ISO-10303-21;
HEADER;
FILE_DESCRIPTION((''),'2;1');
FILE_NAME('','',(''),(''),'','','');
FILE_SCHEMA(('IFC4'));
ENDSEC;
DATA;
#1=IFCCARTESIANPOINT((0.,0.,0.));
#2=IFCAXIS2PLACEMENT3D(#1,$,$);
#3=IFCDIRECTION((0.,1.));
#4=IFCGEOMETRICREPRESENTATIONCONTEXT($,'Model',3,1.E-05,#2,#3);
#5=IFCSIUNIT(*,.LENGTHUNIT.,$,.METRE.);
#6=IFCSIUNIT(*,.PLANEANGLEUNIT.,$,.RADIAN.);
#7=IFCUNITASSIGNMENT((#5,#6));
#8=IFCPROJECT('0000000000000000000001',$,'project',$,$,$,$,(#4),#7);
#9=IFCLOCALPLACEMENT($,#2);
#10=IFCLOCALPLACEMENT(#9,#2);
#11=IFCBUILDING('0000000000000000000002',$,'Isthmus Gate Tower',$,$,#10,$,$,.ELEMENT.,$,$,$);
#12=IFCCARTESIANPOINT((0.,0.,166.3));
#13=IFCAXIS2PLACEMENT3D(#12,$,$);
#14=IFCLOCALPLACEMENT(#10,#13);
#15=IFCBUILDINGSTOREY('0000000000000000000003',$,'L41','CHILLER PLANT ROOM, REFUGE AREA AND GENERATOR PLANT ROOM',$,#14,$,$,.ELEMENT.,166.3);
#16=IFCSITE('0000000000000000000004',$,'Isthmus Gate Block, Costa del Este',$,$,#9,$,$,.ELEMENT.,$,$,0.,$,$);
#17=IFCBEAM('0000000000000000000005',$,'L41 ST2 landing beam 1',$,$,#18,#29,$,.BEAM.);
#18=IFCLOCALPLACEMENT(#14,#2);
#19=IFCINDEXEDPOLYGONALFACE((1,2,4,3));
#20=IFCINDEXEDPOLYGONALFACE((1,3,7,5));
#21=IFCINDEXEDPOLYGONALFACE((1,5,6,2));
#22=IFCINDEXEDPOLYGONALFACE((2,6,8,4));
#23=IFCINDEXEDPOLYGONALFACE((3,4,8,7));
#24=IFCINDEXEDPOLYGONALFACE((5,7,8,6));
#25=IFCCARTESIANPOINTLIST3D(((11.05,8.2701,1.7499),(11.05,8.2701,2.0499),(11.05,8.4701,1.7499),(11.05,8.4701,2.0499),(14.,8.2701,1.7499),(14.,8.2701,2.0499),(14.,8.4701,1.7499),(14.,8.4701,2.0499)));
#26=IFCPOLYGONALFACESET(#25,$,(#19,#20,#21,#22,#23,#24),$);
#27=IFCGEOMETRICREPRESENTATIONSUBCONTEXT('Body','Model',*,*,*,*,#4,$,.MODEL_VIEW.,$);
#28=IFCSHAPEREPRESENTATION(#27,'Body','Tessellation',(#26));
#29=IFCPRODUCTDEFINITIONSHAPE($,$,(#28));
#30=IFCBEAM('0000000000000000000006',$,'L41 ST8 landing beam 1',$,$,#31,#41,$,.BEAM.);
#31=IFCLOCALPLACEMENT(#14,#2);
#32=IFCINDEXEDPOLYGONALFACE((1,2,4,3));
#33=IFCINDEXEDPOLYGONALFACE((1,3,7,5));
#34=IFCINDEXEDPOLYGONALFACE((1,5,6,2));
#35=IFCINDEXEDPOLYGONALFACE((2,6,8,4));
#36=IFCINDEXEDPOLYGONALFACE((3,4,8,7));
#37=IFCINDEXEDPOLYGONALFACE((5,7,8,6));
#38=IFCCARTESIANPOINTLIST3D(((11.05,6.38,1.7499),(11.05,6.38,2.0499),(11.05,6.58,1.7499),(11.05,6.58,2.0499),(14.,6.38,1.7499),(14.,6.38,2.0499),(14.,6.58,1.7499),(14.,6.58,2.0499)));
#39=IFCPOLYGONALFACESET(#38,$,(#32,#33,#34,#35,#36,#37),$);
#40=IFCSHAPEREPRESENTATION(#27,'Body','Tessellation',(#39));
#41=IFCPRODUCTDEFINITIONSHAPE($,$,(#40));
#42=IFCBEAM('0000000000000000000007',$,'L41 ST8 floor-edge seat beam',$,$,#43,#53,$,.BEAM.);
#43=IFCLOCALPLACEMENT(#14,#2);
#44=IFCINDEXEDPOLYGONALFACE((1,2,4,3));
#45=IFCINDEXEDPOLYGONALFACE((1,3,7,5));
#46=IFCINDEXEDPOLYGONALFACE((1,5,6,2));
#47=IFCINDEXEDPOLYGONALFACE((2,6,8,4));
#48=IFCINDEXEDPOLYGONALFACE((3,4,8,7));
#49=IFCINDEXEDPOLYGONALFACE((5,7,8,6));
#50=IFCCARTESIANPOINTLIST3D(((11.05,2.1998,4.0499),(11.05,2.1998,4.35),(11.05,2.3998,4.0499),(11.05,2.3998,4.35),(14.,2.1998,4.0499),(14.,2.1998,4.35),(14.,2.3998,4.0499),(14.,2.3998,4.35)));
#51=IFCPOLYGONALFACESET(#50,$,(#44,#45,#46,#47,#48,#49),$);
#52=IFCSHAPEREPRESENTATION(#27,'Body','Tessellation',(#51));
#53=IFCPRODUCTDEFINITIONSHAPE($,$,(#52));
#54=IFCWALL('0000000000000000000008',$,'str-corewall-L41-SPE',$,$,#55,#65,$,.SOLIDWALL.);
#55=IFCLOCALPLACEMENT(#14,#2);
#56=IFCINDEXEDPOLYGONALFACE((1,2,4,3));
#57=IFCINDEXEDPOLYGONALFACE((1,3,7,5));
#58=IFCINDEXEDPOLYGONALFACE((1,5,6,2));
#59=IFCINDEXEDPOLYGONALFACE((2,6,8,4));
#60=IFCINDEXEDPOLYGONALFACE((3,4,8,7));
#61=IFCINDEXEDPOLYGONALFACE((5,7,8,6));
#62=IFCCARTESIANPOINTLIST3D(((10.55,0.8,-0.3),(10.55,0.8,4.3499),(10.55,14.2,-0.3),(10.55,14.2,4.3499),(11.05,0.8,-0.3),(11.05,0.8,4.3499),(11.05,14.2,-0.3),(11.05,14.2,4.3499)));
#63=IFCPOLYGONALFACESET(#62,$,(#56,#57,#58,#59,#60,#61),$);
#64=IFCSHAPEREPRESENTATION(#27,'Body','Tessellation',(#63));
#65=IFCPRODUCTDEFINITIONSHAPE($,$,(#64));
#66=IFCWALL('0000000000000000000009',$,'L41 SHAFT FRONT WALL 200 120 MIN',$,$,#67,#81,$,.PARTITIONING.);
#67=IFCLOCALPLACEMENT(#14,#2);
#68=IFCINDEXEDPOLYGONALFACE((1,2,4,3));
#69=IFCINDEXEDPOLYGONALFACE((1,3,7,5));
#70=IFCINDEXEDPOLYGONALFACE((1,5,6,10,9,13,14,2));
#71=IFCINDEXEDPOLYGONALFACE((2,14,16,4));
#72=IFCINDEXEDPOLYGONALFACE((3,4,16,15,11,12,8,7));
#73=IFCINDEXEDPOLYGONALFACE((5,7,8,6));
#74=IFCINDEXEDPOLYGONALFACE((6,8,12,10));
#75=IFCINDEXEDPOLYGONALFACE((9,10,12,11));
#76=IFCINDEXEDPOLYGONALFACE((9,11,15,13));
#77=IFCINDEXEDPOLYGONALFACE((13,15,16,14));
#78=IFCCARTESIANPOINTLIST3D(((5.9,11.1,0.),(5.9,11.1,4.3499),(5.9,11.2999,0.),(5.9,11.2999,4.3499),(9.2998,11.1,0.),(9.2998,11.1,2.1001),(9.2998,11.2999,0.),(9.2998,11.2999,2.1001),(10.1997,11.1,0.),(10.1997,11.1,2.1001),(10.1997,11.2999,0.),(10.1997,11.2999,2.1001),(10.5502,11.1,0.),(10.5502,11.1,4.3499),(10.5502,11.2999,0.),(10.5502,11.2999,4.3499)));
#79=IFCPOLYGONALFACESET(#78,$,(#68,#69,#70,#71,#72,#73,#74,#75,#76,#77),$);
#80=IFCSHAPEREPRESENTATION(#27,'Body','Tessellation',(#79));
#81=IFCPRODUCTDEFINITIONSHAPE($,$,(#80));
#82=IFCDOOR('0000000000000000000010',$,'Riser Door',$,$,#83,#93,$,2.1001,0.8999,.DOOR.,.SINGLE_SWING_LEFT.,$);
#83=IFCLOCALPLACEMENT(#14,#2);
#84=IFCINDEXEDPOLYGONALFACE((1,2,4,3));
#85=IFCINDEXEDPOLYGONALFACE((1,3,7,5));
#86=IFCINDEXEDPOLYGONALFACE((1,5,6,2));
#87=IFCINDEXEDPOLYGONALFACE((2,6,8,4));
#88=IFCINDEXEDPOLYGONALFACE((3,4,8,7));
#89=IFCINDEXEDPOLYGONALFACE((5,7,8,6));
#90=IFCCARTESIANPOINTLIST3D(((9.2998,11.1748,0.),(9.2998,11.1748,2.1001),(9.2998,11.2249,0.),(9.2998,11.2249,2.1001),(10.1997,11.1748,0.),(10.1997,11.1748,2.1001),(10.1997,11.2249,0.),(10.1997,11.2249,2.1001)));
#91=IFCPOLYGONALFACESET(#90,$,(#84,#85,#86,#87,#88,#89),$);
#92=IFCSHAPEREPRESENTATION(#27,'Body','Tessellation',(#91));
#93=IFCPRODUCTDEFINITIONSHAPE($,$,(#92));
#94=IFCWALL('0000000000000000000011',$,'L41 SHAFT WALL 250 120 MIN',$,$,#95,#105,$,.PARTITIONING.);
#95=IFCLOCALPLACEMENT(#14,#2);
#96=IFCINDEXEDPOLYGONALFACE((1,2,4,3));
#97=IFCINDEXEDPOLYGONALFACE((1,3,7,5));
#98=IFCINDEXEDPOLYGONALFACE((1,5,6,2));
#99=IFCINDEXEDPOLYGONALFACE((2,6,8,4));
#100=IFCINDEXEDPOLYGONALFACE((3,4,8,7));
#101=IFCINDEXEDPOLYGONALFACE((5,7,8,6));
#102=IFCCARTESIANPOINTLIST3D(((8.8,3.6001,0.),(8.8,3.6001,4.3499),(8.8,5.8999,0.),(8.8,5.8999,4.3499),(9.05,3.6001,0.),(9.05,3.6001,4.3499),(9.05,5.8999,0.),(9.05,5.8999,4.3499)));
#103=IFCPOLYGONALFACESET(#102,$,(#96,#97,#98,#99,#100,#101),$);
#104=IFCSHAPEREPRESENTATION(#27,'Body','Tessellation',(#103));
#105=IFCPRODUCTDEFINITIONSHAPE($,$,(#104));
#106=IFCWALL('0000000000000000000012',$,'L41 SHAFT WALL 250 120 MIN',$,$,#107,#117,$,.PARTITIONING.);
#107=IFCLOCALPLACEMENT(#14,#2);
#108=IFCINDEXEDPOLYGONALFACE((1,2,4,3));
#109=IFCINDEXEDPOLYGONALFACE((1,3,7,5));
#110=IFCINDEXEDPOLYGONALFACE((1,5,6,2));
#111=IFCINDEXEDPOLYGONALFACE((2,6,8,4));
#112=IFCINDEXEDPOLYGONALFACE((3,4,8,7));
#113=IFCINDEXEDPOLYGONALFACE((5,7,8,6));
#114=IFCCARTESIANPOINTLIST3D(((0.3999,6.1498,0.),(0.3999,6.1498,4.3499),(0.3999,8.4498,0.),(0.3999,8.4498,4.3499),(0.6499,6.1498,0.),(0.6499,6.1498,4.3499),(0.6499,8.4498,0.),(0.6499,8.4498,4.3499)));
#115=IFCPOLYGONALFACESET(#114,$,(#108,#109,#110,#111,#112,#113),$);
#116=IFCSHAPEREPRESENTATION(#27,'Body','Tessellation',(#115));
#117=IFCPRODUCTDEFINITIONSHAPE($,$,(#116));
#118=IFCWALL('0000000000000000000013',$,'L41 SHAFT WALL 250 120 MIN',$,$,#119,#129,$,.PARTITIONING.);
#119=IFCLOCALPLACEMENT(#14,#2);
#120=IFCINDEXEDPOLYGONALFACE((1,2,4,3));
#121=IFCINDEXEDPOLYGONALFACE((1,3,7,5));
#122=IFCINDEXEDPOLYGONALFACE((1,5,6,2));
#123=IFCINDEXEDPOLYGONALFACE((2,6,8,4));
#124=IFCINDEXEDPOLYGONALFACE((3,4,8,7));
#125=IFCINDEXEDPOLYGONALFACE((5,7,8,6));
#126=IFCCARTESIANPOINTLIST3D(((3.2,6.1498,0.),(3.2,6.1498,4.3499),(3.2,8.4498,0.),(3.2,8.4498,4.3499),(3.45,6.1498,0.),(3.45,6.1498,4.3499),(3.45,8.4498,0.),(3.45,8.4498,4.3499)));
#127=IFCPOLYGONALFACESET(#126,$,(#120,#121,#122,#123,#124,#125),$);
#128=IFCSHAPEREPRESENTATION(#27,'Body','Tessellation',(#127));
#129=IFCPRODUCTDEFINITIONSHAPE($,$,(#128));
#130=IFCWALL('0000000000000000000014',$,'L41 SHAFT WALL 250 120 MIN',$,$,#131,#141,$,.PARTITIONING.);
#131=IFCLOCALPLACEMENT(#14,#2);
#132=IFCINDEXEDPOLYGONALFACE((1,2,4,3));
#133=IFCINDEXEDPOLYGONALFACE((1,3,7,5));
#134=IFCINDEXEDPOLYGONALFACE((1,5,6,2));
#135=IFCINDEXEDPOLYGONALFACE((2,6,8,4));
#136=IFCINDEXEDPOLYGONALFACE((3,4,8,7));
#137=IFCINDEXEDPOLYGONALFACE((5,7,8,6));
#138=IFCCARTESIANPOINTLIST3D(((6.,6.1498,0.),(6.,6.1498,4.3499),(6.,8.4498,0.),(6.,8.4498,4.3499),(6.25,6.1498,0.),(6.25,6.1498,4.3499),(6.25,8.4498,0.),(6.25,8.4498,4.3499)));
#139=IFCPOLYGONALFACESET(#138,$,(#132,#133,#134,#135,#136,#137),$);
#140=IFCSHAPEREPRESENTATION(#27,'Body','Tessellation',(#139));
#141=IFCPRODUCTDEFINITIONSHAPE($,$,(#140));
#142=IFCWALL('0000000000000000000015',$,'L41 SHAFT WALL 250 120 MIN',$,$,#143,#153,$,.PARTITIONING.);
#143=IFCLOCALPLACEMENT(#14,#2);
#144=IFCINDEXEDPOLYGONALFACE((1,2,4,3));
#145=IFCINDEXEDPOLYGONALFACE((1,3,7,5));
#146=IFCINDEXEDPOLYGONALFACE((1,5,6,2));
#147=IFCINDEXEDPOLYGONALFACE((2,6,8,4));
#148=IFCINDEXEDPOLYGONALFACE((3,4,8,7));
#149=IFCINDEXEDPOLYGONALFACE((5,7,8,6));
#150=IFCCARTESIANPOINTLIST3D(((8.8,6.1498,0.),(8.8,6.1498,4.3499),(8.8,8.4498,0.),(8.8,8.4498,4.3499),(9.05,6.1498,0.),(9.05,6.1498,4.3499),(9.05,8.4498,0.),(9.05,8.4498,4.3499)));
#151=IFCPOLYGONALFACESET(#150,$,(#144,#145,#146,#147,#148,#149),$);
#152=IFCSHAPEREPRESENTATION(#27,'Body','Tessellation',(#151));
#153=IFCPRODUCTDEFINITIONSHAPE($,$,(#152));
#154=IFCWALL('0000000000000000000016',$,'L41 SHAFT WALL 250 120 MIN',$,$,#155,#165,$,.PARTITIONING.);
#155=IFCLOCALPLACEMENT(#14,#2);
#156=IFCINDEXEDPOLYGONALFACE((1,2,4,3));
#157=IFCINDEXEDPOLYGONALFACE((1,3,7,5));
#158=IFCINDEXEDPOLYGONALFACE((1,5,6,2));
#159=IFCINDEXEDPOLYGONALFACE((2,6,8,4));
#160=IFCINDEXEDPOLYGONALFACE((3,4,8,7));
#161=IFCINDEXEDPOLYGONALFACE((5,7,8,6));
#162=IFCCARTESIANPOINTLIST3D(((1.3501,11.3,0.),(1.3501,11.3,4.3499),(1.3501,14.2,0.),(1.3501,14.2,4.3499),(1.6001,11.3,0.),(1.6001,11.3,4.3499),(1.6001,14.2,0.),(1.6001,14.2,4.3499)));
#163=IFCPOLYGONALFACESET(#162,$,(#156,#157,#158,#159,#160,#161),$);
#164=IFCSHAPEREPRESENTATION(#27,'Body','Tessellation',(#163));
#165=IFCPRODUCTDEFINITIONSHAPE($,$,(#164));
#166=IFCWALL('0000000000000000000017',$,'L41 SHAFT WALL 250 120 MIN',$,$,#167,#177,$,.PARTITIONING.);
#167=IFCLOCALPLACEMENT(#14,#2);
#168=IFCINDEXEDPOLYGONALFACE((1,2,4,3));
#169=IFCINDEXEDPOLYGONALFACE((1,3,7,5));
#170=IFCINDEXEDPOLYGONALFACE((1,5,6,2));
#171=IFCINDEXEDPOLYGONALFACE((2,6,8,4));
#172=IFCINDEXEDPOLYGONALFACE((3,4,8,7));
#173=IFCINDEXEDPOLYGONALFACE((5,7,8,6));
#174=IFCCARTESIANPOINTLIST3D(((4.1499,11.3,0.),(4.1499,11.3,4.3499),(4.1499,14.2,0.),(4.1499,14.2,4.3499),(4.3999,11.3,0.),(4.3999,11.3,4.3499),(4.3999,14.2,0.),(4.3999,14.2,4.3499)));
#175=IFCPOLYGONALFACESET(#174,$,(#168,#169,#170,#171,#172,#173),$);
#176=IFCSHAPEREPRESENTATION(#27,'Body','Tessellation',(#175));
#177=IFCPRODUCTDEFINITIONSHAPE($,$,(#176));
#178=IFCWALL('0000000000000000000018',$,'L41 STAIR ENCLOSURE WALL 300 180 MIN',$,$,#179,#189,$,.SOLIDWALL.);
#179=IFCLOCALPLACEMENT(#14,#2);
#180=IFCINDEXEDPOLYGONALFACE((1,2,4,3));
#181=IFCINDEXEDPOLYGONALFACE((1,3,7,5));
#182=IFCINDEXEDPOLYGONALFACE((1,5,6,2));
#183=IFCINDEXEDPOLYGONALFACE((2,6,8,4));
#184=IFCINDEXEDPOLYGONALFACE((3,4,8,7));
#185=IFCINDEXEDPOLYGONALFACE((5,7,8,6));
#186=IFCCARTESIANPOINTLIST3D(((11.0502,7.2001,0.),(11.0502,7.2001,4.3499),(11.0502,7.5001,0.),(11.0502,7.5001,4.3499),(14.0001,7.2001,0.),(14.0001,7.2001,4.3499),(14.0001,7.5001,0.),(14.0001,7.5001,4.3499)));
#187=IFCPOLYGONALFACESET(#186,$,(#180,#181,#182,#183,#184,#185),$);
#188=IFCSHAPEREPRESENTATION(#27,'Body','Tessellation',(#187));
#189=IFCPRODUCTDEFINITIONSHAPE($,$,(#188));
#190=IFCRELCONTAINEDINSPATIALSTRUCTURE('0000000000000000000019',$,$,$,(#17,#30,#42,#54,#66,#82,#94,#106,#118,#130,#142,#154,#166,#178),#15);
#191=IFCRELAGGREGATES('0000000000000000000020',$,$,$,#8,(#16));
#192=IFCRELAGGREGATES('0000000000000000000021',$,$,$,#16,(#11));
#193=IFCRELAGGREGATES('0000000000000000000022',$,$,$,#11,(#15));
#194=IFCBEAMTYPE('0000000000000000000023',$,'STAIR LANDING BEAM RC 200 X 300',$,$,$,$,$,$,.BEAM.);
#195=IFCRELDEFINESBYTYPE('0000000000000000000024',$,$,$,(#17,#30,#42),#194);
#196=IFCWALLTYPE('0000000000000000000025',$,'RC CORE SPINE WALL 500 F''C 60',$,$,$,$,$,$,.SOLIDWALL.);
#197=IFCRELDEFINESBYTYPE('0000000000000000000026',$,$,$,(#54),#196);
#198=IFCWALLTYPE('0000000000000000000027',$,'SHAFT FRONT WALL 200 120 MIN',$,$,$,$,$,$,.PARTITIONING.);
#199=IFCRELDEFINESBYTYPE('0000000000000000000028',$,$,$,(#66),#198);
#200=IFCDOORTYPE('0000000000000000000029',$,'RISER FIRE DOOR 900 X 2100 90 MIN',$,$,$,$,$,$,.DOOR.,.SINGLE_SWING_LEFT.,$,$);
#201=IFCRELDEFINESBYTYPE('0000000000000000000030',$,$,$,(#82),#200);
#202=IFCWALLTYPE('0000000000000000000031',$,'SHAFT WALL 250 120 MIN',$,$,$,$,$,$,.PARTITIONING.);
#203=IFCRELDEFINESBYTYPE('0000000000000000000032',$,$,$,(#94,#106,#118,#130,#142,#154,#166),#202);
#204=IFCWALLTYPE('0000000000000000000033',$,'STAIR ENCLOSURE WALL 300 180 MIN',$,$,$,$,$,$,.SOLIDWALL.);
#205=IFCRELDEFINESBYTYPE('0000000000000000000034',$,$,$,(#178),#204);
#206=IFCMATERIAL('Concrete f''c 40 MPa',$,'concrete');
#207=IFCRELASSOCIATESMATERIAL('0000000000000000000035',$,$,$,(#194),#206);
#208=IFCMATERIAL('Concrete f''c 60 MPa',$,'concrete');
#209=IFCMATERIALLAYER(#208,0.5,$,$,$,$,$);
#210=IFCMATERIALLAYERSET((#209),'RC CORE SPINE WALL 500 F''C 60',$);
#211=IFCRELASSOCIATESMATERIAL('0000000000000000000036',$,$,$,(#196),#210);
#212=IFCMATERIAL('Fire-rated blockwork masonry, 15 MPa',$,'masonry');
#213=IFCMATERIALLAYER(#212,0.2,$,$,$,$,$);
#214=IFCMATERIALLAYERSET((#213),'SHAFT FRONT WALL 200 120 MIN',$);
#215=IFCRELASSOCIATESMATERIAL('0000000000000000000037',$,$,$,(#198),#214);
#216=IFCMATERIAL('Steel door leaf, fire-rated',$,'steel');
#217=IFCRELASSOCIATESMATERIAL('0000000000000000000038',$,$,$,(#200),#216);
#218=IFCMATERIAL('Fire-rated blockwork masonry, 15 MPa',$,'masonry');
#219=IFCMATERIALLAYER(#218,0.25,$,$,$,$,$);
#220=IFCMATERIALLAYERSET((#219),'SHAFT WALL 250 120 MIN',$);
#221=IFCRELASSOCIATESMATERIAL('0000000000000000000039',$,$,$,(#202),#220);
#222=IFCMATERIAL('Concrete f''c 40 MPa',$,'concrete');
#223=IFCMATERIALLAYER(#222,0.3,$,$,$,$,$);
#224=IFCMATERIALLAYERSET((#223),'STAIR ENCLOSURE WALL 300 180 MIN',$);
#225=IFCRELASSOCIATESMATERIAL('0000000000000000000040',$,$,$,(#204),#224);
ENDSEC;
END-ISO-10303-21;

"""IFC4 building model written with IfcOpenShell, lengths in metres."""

from ifc_helpers import new_model, si_unit, direction, frame, frame_2d, origin, origin_2d, place, context, subcontext, project, spatial, rectangle, extrude, material, layer, layer_set, material_profile, profile_set, type_object, element, fill, save


model = new_model("IFC4")

# Units and contexts
model_context = context("Model", 3, precision=1e-05, world=origin(), true_north=direction((0.0, 1.0)))
body_context = subcontext(model_context, "Body", "Model", "MODEL_VIEW")
ifc_project = project(units=[si_unit("LENGTHUNIT", "METRE"), si_unit("PLANEANGLEUNIT", "RADIAN")], contexts=[model_context])

# Site, building, storey
site_placement = place(None, origin())
site = spatial("IfcSite", under=ifc_project, at=site_placement, Name="Isthmus Gate Block, Costa del Este", CompositionType="ELEMENT", RefElevation=0.0)
building_placement = place(site_placement, origin())
building = spatial("IfcBuilding", under=site, at=building_placement, Name="Isthmus Gate Tower", CompositionType="ELEMENT")
storey_placement = place(building_placement, frame((0.0, 0.0, 166.3)))
storey = spatial("IfcBuildingStorey", under=building, at=storey_placement, Name="L41", Description="CHILLER PLANT ROOM, REFUGE AREA AND GENERATOR PLANT ROOM", CompositionType="ELEMENT", Elevation=166.3)

# Beams
ifc_material_1 = material(Name="Concrete f'c 40 MPa", Category="concrete")
ifc_material_profile = material_profile(ifc_material_1, rectangle(XDim=0.2, YDim=0.3, at=origin_2d()), Name="STAIR LANDING BEAM RC 200 X 300")
ifc_profile_set = profile_set([ifc_material_profile], Name="Concrete f'c 40 MPa")
beam_type = type_object("IfcBeamType", Name="STAIR LANDING BEAM RC 200 X 300", PredefinedType="BEAM", material=ifc_profile_set)
for number, where, z_axis, x_axis, name in (
    (1, (11.05, 8.3701, 1.8999), (1.0, 0.0, 0.0), (0.0, 1.0, 0.0), "L41 ST2 landing beam 1"),
    (2, (11.05, 6.48, 1.8999), (1.0, 0.0, 0.0), (0.0, 1.0, 0.0), "L41 ST8 landing beam 1"),
    (3, (11.05, 2.2998, 4.2), (1.0, 0.0, 0.0), (0.0, 1.0, 0.0), "L41 ST8 floor-edge seat beam"),
):
    element("IfcBeam", number, at=place(storey_placement, frame(where, z_axis=z_axis, x_axis=x_axis)), inside=storey, type_object=beam_type, Name=name, PredefinedType="BEAM", context=body_context, shape_type="SweptSolid", body=[
        extrude(rectangle(XDim=0.2, YDim=0.3, at=origin_2d()), origin(), (0.0, 0.0, 1.0), 2.95),
    ])

# Wall
ifc_material_2 = material(Name="Concrete f'c 60 MPa", Category="concrete")
ifc_layer_1 = layer(ifc_material_2, 0.5)
ifc_layer_set_1 = layer_set([ifc_layer_1], Name="RC CORE SPINE WALL 500 F'C 60")
wall_type_1 = type_object("IfcWallType", Name="RC CORE SPINE WALL 500 F'C 60", PredefinedType="SOLIDWALL", material=ifc_layer_set_1)
wall_1_placement = place(storey_placement, frame((10.8, 0.8, -0.3), z_axis=(0.0, 0.0, 1.0), x_axis=(0.0, 1.0, 0.0)))
element("IfcWall", 4, at=wall_1_placement, inside=storey, type_object=wall_type_1, Name="str-corewall-L41-SPE", PredefinedType="SOLIDWALL", context=body_context, shape_type="SweptSolid", body=[
    extrude(rectangle(XDim=13.3999, YDim=0.5, at=frame_2d((6.7, 0.0))), origin(), (0.0, 0.0, 1.0), 4.6499),
])

# Wall, opening, door
ifc_material_3 = material(Name="Fire-rated blockwork masonry, 15 MPa", Category="masonry")
ifc_layer_2 = layer(ifc_material_3, 0.2)
ifc_layer_set_2 = layer_set([ifc_layer_2], Name="SHAFT FRONT WALL 200 120 MIN")
wall_type_2 = type_object("IfcWallType", Name="SHAFT FRONT WALL 200 120 MIN", PredefinedType="PARTITIONING", material=ifc_layer_set_2)
wall_2_placement = place(storey_placement, frame((5.8999, 11.2, 0.0), z_axis=(0.0, 0.0, 1.0), x_axis=(1.0, 0.0, 0.0)))
wall_2 = element("IfcWall", 5, at=wall_2_placement, inside=storey, type_object=wall_type_2, Name="L41 SHAFT FRONT WALL 200 120 MIN", PredefinedType="PARTITIONING", context=body_context, shape_type="SweptSolid", body=[
    extrude(rectangle(XDim=4.6501, YDim=0.2, at=frame_2d((2.3252, 0.0))), origin(), (0.0, 0.0, 1.0), 4.3499),
])
opening_placement = place(wall_2_placement, frame((3.3999, 0.0, 0.0)))
opening = element("IfcOpeningElement", 6, at=opening_placement, cuts=wall_2, PredefinedType="OPENING", context=body_context, shape_type="SweptSolid", body=[
    extrude(rectangle(XDim=0.8999, YDim=2.1001, at=frame_2d((0.45, 1.05))), frame((0.0, 0.1099, 0.0), z_axis=(0.0, -1.0, 0.0), x_axis=(1.0, 0.0, 0.0)), (0.0, 0.0, 1.0), 0.22),
])
ifc_material_4 = material(Name="Steel door leaf, fire-rated", Category="steel")
door_type = type_object("IfcDoorType", Name="RISER FIRE DOOR 900 X 2100 90 MIN", OperationType="SINGLE_SWING_LEFT", PredefinedType="DOOR", material=ifc_material_4)
door_placement = place(opening_placement, origin())
door = element("IfcDoor", 7, at=door_placement, inside=storey, type_object=door_type, Name="Riser Door", OperationType="SINGLE_SWING_LEFT", OverallHeight=2.1001, OverallWidth=0.8999, PredefinedType="DOOR", context=body_context, shape_type="SweptSolid", body=[
    extrude(rectangle(XDim=0.8999, YDim=2.1001, at=frame_2d((0.45, 1.05))), frame((0.0, 0.0249, 0.0), z_axis=(0.0, -1.0, 0.0), x_axis=(1.0, 0.0, 0.0)), (0.0, 0.0, 1.0), 0.05),
])
fill(opening, door)

# Walls
ifc_material_5 = material(Name="Fire-rated blockwork masonry, 15 MPa", Category="masonry")
ifc_layer_3 = layer(ifc_material_5, 0.25)
ifc_layer_set_3 = layer_set([ifc_layer_3], Name="SHAFT WALL 250 120 MIN")
wall_type_3 = type_object("IfcWallType", Name="SHAFT WALL 250 120 MIN", PredefinedType="PARTITIONING", material=ifc_layer_set_3)
wall_3_placement = place(storey_placement, frame((8.925, 3.6001, 0.0), z_axis=(0.0, 0.0, 1.0), x_axis=(0.0, 1.0, 0.0)))
element("IfcWall", 8, at=wall_3_placement, inside=storey, type_object=wall_type_3, Name="L41 SHAFT WALL 250 120 MIN", PredefinedType="PARTITIONING", context=body_context, shape_type="SweptSolid", body=[
    extrude(rectangle(XDim=2.2998, YDim=0.25, at=frame_2d((1.1499, 0.0))), origin(), (0.0, 0.0, 1.0), 4.3499),
])
for number, where, z_axis, x_axis, name in (
    (9, (0.5249, 6.1499, 0.0), (0.0, 0.0, 1.0), (0.0, 1.0, 0.0), "L41 SHAFT WALL 250 120 MIN"),
    (10, (3.325, 6.1499, 0.0), (0.0, 0.0, 1.0), (0.0, 1.0, 0.0), "L41 SHAFT WALL 250 120 MIN"),
    (11, (6.125, 6.1499, 0.0), (0.0, 0.0, 1.0), (0.0, 1.0, 0.0), "L41 SHAFT WALL 250 120 MIN"),
    (12, (8.925, 6.1499, 0.0), (0.0, 0.0, 1.0), (0.0, 1.0, 0.0), "L41 SHAFT WALL 250 120 MIN"),
):
    element("IfcWall", number, at=place(storey_placement, frame(where, z_axis=z_axis, x_axis=x_axis)), inside=storey, type_object=wall_type_3, Name=name, PredefinedType="PARTITIONING", context=body_context, shape_type="SweptSolid", body=[
        extrude(rectangle(XDim=2.3, YDim=0.25, at=frame_2d((1.1499, 0.0))), origin(), (0.0, 0.0, 1.0), 4.3499),
    ])
for number, where, z_axis, x_axis, name in (
    (13, (1.4751, 11.3, 0.0), (0.0, 0.0, 1.0), (0.0, 1.0, 0.0), "L41 SHAFT WALL 250 120 MIN"),
    (14, (4.2749, 11.3, 0.0), (0.0, 0.0, 1.0), (0.0, 1.0, 0.0), "L41 SHAFT WALL 250 120 MIN"),
):
    element("IfcWall", number, at=place(storey_placement, frame(where, z_axis=z_axis, x_axis=x_axis)), inside=storey, type_object=wall_type_3, Name=name, PredefinedType="PARTITIONING", context=body_context, shape_type="SweptSolid", body=[
        extrude(rectangle(XDim=2.8999, YDim=0.25, at=frame_2d((1.45, 0.0))), origin(), (0.0, 0.0, 1.0), 4.3499),
    ])
ifc_material_6 = material(Name="Concrete f'c 40 MPa", Category="concrete")
ifc_layer_4 = layer(ifc_material_6, 0.3)
ifc_layer_set_4 = layer_set([ifc_layer_4], Name="STAIR ENCLOSURE WALL 300 180 MIN")
wall_type_4 = type_object("IfcWallType", Name="STAIR ENCLOSURE WALL 300 180 MIN", PredefinedType="SOLIDWALL", material=ifc_layer_set_4)
wall_4_placement = place(storey_placement, frame((11.05, 7.3501, 0.0), z_axis=(0.0, 0.0, 1.0), x_axis=(1.0, 0.0, 0.0)))
element("IfcWall", 15, at=wall_4_placement, inside=storey, type_object=wall_type_4, Name="L41 STAIR ENCLOSURE WALL 300 180 MIN", PredefinedType="SOLIDWALL", context=body_context, shape_type="SweptSolid", body=[
    extrude(rectangle(XDim=2.95, YDim=0.3, at=frame_2d((1.4751, 0.0))), origin(), (0.0, 0.0, 1.0), 4.3499),
])

save(model, "model.ifc")
